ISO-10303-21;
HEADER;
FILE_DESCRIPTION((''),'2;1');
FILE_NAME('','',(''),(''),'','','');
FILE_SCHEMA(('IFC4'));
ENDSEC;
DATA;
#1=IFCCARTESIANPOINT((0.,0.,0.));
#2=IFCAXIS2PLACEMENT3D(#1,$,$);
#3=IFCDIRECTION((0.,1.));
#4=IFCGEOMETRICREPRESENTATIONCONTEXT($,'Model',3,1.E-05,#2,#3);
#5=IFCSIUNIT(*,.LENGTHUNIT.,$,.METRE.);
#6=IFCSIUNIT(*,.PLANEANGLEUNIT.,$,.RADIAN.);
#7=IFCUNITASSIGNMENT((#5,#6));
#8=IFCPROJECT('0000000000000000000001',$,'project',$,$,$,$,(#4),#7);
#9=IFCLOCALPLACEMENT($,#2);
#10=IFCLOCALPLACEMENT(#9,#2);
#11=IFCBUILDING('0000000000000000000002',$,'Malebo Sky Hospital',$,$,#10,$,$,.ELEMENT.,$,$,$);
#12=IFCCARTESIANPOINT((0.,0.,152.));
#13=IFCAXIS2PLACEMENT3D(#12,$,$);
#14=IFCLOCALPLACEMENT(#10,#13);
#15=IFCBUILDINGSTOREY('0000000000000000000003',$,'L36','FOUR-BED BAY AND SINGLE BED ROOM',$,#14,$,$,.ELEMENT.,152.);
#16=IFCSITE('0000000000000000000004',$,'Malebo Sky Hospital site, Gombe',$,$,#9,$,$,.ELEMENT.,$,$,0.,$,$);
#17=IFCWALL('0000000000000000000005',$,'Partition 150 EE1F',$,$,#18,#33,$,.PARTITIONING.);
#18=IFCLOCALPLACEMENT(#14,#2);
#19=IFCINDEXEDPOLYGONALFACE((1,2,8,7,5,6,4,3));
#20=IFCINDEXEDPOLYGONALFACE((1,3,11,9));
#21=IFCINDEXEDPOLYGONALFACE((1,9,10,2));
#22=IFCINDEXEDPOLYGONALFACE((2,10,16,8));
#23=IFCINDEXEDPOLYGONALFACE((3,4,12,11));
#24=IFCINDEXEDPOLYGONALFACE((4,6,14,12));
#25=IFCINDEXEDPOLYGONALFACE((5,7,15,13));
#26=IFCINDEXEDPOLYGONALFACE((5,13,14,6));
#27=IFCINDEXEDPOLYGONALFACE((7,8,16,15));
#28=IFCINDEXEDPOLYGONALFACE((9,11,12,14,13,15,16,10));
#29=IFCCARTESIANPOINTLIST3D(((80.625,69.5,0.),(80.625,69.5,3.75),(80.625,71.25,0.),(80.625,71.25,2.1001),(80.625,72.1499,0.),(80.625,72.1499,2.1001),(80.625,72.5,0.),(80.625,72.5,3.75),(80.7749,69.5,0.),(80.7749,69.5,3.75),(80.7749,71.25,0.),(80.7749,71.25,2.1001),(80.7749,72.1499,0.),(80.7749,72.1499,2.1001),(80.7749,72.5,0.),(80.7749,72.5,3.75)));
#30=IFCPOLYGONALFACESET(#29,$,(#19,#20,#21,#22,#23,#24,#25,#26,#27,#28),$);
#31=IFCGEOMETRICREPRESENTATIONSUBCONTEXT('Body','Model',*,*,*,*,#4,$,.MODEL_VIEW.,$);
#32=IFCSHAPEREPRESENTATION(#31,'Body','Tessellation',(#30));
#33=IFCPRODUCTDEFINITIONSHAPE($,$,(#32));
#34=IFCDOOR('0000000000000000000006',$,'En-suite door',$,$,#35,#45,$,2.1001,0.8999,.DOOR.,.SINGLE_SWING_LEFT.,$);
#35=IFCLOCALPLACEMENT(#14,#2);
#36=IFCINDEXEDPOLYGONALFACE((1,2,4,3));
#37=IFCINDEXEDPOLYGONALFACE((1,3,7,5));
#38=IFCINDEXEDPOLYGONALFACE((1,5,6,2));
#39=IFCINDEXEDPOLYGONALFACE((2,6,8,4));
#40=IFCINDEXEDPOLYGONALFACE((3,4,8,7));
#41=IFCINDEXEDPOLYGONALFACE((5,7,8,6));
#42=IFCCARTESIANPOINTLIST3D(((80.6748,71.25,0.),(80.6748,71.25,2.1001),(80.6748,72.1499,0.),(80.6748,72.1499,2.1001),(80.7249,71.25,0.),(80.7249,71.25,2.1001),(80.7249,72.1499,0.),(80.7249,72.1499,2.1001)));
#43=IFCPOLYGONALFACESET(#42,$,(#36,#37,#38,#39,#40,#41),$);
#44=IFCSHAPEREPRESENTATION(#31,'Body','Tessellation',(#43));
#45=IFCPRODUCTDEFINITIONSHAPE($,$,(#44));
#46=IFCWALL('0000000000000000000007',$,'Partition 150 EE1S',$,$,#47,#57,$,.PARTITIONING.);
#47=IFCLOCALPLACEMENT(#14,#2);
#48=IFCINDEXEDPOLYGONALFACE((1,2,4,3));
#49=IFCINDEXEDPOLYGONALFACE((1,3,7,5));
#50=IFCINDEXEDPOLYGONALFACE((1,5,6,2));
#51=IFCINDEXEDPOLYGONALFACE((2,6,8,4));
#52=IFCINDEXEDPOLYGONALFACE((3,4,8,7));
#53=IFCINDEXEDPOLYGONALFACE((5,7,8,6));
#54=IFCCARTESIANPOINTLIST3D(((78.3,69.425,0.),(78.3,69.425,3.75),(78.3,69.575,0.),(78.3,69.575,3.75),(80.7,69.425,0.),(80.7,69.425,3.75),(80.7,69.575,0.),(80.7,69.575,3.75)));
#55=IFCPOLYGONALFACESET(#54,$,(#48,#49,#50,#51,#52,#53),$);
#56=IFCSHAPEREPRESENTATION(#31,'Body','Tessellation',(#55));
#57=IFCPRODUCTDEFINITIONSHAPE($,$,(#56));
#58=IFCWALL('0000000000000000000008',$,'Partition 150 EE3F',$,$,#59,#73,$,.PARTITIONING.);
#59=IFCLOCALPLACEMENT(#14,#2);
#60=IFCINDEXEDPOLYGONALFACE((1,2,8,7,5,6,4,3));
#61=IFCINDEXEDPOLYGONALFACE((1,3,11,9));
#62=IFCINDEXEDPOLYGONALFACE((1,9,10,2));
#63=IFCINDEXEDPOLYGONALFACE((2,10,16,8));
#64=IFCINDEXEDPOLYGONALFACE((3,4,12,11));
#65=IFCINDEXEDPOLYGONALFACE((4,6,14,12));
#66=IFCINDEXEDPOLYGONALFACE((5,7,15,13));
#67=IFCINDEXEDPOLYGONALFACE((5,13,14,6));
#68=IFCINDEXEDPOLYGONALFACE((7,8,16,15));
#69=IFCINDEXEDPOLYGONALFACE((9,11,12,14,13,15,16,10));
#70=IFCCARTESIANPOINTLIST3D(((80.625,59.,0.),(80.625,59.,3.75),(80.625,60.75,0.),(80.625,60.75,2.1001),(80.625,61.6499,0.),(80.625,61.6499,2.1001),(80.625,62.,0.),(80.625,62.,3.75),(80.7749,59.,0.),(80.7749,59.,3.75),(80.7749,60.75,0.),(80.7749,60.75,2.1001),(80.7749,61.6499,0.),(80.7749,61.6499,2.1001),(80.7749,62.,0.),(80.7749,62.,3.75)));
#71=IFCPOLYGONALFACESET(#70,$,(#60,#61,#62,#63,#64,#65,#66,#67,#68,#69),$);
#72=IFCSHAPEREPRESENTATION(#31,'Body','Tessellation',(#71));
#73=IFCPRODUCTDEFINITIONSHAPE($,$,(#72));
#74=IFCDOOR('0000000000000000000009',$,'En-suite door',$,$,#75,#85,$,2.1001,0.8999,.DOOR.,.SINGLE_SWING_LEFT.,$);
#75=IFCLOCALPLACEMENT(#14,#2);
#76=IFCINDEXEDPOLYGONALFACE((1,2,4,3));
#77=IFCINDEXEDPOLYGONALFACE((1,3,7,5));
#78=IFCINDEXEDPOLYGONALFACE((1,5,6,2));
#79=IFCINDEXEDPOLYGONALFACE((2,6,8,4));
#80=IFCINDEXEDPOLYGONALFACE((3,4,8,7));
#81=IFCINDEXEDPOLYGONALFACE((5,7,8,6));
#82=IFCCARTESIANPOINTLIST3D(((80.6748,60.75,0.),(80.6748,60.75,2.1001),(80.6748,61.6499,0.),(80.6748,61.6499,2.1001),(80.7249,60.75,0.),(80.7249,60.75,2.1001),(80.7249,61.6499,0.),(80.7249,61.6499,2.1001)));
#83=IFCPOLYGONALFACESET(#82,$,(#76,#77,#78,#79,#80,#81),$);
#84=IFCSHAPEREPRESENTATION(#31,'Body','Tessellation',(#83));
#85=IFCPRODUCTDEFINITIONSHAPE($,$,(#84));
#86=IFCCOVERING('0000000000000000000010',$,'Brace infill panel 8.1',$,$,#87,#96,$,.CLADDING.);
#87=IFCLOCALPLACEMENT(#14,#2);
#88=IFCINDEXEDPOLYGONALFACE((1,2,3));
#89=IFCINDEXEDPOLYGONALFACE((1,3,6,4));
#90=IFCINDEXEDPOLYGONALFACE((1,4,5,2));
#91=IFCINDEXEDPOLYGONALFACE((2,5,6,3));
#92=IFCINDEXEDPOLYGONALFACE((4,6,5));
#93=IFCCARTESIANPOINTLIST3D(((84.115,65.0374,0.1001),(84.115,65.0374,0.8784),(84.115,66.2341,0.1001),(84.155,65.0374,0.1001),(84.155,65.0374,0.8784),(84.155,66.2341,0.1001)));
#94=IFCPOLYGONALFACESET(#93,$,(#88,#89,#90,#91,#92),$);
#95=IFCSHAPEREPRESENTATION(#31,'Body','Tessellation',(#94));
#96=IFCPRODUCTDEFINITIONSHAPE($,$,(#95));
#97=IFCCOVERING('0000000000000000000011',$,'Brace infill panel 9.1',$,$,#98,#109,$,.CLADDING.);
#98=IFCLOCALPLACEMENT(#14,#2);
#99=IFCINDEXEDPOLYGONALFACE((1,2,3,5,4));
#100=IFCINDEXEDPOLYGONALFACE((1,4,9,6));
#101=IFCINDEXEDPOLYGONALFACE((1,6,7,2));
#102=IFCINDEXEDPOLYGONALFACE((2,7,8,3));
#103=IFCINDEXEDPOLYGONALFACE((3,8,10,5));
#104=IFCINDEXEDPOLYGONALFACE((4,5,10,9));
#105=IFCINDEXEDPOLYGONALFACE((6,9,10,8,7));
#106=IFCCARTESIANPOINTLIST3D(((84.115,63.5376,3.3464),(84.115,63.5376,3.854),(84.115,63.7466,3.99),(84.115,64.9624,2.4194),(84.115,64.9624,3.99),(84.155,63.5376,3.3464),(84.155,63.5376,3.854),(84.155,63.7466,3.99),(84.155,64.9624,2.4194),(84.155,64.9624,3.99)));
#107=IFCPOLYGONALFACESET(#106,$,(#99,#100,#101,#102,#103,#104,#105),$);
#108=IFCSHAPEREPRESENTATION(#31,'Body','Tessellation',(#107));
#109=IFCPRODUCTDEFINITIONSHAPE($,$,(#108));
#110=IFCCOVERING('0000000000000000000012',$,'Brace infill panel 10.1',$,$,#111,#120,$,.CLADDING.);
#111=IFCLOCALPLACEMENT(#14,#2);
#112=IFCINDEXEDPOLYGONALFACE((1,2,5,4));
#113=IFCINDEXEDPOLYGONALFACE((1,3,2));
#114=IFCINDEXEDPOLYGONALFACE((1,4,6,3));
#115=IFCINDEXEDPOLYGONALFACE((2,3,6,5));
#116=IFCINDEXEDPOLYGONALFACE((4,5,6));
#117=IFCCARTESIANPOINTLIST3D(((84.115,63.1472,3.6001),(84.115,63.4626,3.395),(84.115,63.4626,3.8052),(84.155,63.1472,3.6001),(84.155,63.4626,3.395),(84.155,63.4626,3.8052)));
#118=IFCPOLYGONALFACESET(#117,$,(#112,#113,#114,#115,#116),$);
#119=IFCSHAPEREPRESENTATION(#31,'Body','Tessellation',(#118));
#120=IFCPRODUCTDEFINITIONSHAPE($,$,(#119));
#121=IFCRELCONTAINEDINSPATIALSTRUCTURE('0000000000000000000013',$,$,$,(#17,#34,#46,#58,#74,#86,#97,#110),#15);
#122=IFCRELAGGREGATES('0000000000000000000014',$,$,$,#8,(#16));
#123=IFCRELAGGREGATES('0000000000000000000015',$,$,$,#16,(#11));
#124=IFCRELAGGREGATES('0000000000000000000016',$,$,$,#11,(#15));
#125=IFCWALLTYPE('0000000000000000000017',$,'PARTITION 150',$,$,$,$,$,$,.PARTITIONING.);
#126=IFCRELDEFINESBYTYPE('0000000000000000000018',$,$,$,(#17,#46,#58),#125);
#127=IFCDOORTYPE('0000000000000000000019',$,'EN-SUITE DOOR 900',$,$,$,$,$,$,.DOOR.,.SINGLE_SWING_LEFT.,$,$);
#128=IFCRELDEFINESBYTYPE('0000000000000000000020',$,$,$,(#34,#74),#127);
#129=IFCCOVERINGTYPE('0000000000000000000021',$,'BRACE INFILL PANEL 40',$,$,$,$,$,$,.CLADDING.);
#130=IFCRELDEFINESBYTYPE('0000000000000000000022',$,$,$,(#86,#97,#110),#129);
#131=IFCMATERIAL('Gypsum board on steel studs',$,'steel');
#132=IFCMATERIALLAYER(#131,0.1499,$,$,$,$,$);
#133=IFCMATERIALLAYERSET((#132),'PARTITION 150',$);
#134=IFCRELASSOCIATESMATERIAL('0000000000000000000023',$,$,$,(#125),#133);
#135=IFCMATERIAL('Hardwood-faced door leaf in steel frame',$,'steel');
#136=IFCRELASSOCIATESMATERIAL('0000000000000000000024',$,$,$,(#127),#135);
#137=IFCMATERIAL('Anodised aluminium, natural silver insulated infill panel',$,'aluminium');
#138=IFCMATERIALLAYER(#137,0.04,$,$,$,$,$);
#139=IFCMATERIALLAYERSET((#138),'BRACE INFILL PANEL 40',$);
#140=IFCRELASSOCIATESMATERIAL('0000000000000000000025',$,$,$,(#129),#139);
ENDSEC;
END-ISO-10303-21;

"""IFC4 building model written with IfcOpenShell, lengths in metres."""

from ifc_helpers import new_model, si_unit, direction, frame, frame_2d, origin, place, context, subcontext, project, spatial, polyline, rectangle, outline, extrude, material, layer, layer_set, type_object, element, fill, save


model = new_model("IFC4")

# Units and contexts
model_context = context("Model", 3, precision=1e-05, world=origin(), true_north=direction((0.0, 1.0)))
body_context = subcontext(model_context, "Body", "Model", "MODEL_VIEW")
ifc_project = project(units=[si_unit("LENGTHUNIT", "METRE"), si_unit("PLANEANGLEUNIT", "RADIAN")], contexts=[model_context])

# Site, building, storey
site_placement = place(None, origin())
site = spatial("IfcSite", under=ifc_project, at=site_placement, Name="Malebo Sky Hospital site, Gombe", CompositionType="ELEMENT", RefElevation=0.0)
building_placement = place(site_placement, origin())
building = spatial("IfcBuilding", under=site, at=building_placement, Name="Malebo Sky Hospital", CompositionType="ELEMENT")
storey_placement = place(building_placement, frame((0.0, 0.0, 152.0)))
storey = spatial("IfcBuildingStorey", under=building, at=storey_placement, Name="L36", Description="FOUR-BED BAY AND SINGLE BED ROOM", CompositionType="ELEMENT", Elevation=152.0)

# Shared definitions
ifc_material_1 = material(Name="Gypsum board on steel studs", Category="steel")
ifc_layer_1 = layer(ifc_material_1, 0.1499)
ifc_layer_set_1 = layer_set([ifc_layer_1], Name="PARTITION 150")
wall_type = type_object("IfcWallType", Name="PARTITION 150", PredefinedType="PARTITIONING", material=ifc_layer_set_1)

# Wall, opening, door
wall_1_placement = place(storey_placement, frame((80.7, 72.5, 0.0), z_axis=(0.0, 0.0, 1.0), x_axis=(0.0, -1.0, 0.0)))
wall_1 = element("IfcWall", 1, at=wall_1_placement, inside=storey, type_object=wall_type, Name="Partition 150 EE1F", PredefinedType="PARTITIONING", context=body_context, shape_type="SweptSolid", body=[
    extrude(rectangle(XDim=3.0, YDim=0.1499, at=frame_2d((1.5, 0.0))), origin(), (0.0, 0.0, 1.0), 3.75),
])
opening_1_placement = place(wall_1_placement, frame((0.3501, 0.0, 0.0)))
opening_1 = element("IfcOpeningElement", 2, at=opening_1_placement, cuts=wall_1, PredefinedType="OPENING", context=body_context, shape_type="SweptSolid", body=[
    extrude(rectangle(XDim=0.8999, YDim=2.1001, at=frame_2d((0.45, 1.05))), frame((0.0, 0.085, 0.0), z_axis=(0.0, -1.0, 0.0), x_axis=(1.0, 0.0, 0.0)), (0.0, 0.0, 1.0), 0.1699),
])
ifc_material_2 = material(Name="Hardwood-faced door leaf in steel frame", Category="steel")
door_type = type_object("IfcDoorType", Name="EN-SUITE DOOR 900", OperationType="SINGLE_SWING_LEFT", PredefinedType="DOOR", material=ifc_material_2)
door_1_placement = place(opening_1_placement, origin())
door_1 = element("IfcDoor", 3, at=door_1_placement, inside=storey, type_object=door_type, Name="En-suite door", OperationType="SINGLE_SWING_LEFT", OverallHeight=2.1001, OverallWidth=0.8999, PredefinedType="DOOR", context=body_context, shape_type="SweptSolid", body=[
    extrude(rectangle(XDim=0.8999, YDim=2.1001, at=frame_2d((0.45, 1.05))), frame((0.0, 0.0249, 0.0), z_axis=(0.0, -1.0, 0.0), x_axis=(1.0, 0.0, 0.0)), (0.0, 0.0, 1.0), 0.05),
])
fill(opening_1, door_1)

# Wall
wall_2_placement = place(storey_placement, frame((78.3, 69.5, 0.0), z_axis=(0.0, 0.0, 1.0), x_axis=(1.0, 0.0, 0.0)))
element("IfcWall", 4, at=wall_2_placement, inside=storey, type_object=wall_type, Name="Partition 150 EE1S", PredefinedType="PARTITIONING", context=body_context, shape_type="SweptSolid", body=[
    extrude(rectangle(XDim=2.3999, YDim=0.1499, at=frame_2d((1.2, 0.0))), origin(), (0.0, 0.0, 1.0), 3.75),
])

# Wall, opening, door
wall_3_placement = place(storey_placement, frame((80.7, 62.0, 0.0), z_axis=(0.0, 0.0, 1.0), x_axis=(0.0, -1.0, 0.0)))
wall_3 = element("IfcWall", 5, at=wall_3_placement, inside=storey, type_object=wall_type, Name="Partition 150 EE3F", PredefinedType="PARTITIONING", context=body_context, shape_type="SweptSolid", body=[
    extrude(rectangle(XDim=3.0, YDim=0.1499, at=frame_2d((1.5, 0.0))), origin(), (0.0, 0.0, 1.0), 3.75),
])
opening_2_placement = place(wall_3_placement, frame((0.3501, 0.0, 0.0)))
opening_2 = element("IfcOpeningElement", 6, at=opening_2_placement, cuts=wall_3, PredefinedType="OPENING", context=body_context, shape_type="SweptSolid", body=[
    extrude(rectangle(XDim=0.8999, YDim=2.1001, at=frame_2d((0.45, 1.05))), frame((0.0, 0.085, 0.0), z_axis=(0.0, -1.0, 0.0), x_axis=(1.0, 0.0, 0.0)), (0.0, 0.0, 1.0), 0.1699),
])
door_2_placement = place(opening_2_placement, origin())
door_2 = element("IfcDoor", 7, at=door_2_placement, inside=storey, type_object=door_type, Name="En-suite door", OperationType="SINGLE_SWING_LEFT", OverallHeight=2.1001, OverallWidth=0.8999, PredefinedType="DOOR", context=body_context, shape_type="SweptSolid", body=[
    extrude(rectangle(XDim=0.8999, YDim=2.1001, at=frame_2d((0.45, 1.05))), frame((0.0, 0.0249, 0.0), z_axis=(0.0, -1.0, 0.0), x_axis=(1.0, 0.0, 0.0)), (0.0, 0.0, 1.0), 0.05),
])
fill(opening_2, door_2)

# Coverings
ifc_material_3 = material(Name="Anodised aluminium, natural silver insulated infill panel", Category="aluminium")
ifc_layer_2 = layer(ifc_material_3, 0.04)
ifc_layer_set_2 = layer_set([ifc_layer_2], Name="BRACE INFILL PANEL 40")
covering_type = type_object("IfcCoveringType", Name="BRACE INFILL PANEL 40", PredefinedType="CLADDING", material=ifc_layer_set_2)
covering_1_placement = place(storey_placement, frame((84.135, 65.6357, 0.1001), z_axis=(0.0, 0.0, 1.0), x_axis=(0.0, -1.0, 0.0)))
element("IfcCovering", 8, at=covering_1_placement, inside=storey, type_object=covering_type, Name="Brace infill panel 8.1", PredefinedType="CLADDING", context=body_context, shape_type="SweptSolid", body=[
    extrude(outline(polyline([(-0.5984, 0.0), (0.5984, 0.0), (0.5984, 0.7783), (-0.5984, 0.0)])), frame((0.0, 0.02, 0.0), z_axis=(0.0, -1.0, 0.0), x_axis=(1.0, 0.0, 0.0)), (0.0, 0.0, 1.0), 0.04),
])
covering_2_placement = place(storey_placement, frame((84.135, 64.25, 2.4194), z_axis=(0.0, 0.0, 1.0), x_axis=(0.0, -1.0, 0.0)))
element("IfcCovering", 9, at=covering_2_placement, inside=storey, type_object=covering_type, Name="Brace infill panel 9.1", PredefinedType="CLADDING", context=body_context, shape_type="SweptSolid", body=[
    extrude(outline(polyline([(-0.7124, 0.0), (0.7124, 0.927), (0.7124, 1.4346), (0.5034, 1.5706), (-0.7124, 1.5706), (-0.7124, 0.0)])), frame((0.0, 0.02, 0.0), z_axis=(0.0, -1.0, 0.0), x_axis=(1.0, 0.0, 0.0)), (0.0, 0.0, 1.0), 0.04),
])
covering_3_placement = place(storey_placement, frame((84.135, 63.3049, 3.395), z_axis=(0.0, 0.0, 1.0), x_axis=(0.0, -1.0, 0.0)))
element("IfcCovering", 10, at=covering_3_placement, inside=storey, type_object=covering_type, Name="Brace infill panel 10.1", PredefinedType="CLADDING", context=body_context, shape_type="SweptSolid", body=[
    extrude(outline(polyline([(-0.1577, 0.0), (0.1577, 0.2051), (-0.1577, 0.4102), (-0.1577, 0.0)])), frame((0.0, 0.02, 0.0), z_axis=(0.0, -1.0, 0.0), x_axis=(1.0, 0.0, 0.0)), (0.0, 0.0, 1.0), 0.04),
])

save(model, "model.ifc")
